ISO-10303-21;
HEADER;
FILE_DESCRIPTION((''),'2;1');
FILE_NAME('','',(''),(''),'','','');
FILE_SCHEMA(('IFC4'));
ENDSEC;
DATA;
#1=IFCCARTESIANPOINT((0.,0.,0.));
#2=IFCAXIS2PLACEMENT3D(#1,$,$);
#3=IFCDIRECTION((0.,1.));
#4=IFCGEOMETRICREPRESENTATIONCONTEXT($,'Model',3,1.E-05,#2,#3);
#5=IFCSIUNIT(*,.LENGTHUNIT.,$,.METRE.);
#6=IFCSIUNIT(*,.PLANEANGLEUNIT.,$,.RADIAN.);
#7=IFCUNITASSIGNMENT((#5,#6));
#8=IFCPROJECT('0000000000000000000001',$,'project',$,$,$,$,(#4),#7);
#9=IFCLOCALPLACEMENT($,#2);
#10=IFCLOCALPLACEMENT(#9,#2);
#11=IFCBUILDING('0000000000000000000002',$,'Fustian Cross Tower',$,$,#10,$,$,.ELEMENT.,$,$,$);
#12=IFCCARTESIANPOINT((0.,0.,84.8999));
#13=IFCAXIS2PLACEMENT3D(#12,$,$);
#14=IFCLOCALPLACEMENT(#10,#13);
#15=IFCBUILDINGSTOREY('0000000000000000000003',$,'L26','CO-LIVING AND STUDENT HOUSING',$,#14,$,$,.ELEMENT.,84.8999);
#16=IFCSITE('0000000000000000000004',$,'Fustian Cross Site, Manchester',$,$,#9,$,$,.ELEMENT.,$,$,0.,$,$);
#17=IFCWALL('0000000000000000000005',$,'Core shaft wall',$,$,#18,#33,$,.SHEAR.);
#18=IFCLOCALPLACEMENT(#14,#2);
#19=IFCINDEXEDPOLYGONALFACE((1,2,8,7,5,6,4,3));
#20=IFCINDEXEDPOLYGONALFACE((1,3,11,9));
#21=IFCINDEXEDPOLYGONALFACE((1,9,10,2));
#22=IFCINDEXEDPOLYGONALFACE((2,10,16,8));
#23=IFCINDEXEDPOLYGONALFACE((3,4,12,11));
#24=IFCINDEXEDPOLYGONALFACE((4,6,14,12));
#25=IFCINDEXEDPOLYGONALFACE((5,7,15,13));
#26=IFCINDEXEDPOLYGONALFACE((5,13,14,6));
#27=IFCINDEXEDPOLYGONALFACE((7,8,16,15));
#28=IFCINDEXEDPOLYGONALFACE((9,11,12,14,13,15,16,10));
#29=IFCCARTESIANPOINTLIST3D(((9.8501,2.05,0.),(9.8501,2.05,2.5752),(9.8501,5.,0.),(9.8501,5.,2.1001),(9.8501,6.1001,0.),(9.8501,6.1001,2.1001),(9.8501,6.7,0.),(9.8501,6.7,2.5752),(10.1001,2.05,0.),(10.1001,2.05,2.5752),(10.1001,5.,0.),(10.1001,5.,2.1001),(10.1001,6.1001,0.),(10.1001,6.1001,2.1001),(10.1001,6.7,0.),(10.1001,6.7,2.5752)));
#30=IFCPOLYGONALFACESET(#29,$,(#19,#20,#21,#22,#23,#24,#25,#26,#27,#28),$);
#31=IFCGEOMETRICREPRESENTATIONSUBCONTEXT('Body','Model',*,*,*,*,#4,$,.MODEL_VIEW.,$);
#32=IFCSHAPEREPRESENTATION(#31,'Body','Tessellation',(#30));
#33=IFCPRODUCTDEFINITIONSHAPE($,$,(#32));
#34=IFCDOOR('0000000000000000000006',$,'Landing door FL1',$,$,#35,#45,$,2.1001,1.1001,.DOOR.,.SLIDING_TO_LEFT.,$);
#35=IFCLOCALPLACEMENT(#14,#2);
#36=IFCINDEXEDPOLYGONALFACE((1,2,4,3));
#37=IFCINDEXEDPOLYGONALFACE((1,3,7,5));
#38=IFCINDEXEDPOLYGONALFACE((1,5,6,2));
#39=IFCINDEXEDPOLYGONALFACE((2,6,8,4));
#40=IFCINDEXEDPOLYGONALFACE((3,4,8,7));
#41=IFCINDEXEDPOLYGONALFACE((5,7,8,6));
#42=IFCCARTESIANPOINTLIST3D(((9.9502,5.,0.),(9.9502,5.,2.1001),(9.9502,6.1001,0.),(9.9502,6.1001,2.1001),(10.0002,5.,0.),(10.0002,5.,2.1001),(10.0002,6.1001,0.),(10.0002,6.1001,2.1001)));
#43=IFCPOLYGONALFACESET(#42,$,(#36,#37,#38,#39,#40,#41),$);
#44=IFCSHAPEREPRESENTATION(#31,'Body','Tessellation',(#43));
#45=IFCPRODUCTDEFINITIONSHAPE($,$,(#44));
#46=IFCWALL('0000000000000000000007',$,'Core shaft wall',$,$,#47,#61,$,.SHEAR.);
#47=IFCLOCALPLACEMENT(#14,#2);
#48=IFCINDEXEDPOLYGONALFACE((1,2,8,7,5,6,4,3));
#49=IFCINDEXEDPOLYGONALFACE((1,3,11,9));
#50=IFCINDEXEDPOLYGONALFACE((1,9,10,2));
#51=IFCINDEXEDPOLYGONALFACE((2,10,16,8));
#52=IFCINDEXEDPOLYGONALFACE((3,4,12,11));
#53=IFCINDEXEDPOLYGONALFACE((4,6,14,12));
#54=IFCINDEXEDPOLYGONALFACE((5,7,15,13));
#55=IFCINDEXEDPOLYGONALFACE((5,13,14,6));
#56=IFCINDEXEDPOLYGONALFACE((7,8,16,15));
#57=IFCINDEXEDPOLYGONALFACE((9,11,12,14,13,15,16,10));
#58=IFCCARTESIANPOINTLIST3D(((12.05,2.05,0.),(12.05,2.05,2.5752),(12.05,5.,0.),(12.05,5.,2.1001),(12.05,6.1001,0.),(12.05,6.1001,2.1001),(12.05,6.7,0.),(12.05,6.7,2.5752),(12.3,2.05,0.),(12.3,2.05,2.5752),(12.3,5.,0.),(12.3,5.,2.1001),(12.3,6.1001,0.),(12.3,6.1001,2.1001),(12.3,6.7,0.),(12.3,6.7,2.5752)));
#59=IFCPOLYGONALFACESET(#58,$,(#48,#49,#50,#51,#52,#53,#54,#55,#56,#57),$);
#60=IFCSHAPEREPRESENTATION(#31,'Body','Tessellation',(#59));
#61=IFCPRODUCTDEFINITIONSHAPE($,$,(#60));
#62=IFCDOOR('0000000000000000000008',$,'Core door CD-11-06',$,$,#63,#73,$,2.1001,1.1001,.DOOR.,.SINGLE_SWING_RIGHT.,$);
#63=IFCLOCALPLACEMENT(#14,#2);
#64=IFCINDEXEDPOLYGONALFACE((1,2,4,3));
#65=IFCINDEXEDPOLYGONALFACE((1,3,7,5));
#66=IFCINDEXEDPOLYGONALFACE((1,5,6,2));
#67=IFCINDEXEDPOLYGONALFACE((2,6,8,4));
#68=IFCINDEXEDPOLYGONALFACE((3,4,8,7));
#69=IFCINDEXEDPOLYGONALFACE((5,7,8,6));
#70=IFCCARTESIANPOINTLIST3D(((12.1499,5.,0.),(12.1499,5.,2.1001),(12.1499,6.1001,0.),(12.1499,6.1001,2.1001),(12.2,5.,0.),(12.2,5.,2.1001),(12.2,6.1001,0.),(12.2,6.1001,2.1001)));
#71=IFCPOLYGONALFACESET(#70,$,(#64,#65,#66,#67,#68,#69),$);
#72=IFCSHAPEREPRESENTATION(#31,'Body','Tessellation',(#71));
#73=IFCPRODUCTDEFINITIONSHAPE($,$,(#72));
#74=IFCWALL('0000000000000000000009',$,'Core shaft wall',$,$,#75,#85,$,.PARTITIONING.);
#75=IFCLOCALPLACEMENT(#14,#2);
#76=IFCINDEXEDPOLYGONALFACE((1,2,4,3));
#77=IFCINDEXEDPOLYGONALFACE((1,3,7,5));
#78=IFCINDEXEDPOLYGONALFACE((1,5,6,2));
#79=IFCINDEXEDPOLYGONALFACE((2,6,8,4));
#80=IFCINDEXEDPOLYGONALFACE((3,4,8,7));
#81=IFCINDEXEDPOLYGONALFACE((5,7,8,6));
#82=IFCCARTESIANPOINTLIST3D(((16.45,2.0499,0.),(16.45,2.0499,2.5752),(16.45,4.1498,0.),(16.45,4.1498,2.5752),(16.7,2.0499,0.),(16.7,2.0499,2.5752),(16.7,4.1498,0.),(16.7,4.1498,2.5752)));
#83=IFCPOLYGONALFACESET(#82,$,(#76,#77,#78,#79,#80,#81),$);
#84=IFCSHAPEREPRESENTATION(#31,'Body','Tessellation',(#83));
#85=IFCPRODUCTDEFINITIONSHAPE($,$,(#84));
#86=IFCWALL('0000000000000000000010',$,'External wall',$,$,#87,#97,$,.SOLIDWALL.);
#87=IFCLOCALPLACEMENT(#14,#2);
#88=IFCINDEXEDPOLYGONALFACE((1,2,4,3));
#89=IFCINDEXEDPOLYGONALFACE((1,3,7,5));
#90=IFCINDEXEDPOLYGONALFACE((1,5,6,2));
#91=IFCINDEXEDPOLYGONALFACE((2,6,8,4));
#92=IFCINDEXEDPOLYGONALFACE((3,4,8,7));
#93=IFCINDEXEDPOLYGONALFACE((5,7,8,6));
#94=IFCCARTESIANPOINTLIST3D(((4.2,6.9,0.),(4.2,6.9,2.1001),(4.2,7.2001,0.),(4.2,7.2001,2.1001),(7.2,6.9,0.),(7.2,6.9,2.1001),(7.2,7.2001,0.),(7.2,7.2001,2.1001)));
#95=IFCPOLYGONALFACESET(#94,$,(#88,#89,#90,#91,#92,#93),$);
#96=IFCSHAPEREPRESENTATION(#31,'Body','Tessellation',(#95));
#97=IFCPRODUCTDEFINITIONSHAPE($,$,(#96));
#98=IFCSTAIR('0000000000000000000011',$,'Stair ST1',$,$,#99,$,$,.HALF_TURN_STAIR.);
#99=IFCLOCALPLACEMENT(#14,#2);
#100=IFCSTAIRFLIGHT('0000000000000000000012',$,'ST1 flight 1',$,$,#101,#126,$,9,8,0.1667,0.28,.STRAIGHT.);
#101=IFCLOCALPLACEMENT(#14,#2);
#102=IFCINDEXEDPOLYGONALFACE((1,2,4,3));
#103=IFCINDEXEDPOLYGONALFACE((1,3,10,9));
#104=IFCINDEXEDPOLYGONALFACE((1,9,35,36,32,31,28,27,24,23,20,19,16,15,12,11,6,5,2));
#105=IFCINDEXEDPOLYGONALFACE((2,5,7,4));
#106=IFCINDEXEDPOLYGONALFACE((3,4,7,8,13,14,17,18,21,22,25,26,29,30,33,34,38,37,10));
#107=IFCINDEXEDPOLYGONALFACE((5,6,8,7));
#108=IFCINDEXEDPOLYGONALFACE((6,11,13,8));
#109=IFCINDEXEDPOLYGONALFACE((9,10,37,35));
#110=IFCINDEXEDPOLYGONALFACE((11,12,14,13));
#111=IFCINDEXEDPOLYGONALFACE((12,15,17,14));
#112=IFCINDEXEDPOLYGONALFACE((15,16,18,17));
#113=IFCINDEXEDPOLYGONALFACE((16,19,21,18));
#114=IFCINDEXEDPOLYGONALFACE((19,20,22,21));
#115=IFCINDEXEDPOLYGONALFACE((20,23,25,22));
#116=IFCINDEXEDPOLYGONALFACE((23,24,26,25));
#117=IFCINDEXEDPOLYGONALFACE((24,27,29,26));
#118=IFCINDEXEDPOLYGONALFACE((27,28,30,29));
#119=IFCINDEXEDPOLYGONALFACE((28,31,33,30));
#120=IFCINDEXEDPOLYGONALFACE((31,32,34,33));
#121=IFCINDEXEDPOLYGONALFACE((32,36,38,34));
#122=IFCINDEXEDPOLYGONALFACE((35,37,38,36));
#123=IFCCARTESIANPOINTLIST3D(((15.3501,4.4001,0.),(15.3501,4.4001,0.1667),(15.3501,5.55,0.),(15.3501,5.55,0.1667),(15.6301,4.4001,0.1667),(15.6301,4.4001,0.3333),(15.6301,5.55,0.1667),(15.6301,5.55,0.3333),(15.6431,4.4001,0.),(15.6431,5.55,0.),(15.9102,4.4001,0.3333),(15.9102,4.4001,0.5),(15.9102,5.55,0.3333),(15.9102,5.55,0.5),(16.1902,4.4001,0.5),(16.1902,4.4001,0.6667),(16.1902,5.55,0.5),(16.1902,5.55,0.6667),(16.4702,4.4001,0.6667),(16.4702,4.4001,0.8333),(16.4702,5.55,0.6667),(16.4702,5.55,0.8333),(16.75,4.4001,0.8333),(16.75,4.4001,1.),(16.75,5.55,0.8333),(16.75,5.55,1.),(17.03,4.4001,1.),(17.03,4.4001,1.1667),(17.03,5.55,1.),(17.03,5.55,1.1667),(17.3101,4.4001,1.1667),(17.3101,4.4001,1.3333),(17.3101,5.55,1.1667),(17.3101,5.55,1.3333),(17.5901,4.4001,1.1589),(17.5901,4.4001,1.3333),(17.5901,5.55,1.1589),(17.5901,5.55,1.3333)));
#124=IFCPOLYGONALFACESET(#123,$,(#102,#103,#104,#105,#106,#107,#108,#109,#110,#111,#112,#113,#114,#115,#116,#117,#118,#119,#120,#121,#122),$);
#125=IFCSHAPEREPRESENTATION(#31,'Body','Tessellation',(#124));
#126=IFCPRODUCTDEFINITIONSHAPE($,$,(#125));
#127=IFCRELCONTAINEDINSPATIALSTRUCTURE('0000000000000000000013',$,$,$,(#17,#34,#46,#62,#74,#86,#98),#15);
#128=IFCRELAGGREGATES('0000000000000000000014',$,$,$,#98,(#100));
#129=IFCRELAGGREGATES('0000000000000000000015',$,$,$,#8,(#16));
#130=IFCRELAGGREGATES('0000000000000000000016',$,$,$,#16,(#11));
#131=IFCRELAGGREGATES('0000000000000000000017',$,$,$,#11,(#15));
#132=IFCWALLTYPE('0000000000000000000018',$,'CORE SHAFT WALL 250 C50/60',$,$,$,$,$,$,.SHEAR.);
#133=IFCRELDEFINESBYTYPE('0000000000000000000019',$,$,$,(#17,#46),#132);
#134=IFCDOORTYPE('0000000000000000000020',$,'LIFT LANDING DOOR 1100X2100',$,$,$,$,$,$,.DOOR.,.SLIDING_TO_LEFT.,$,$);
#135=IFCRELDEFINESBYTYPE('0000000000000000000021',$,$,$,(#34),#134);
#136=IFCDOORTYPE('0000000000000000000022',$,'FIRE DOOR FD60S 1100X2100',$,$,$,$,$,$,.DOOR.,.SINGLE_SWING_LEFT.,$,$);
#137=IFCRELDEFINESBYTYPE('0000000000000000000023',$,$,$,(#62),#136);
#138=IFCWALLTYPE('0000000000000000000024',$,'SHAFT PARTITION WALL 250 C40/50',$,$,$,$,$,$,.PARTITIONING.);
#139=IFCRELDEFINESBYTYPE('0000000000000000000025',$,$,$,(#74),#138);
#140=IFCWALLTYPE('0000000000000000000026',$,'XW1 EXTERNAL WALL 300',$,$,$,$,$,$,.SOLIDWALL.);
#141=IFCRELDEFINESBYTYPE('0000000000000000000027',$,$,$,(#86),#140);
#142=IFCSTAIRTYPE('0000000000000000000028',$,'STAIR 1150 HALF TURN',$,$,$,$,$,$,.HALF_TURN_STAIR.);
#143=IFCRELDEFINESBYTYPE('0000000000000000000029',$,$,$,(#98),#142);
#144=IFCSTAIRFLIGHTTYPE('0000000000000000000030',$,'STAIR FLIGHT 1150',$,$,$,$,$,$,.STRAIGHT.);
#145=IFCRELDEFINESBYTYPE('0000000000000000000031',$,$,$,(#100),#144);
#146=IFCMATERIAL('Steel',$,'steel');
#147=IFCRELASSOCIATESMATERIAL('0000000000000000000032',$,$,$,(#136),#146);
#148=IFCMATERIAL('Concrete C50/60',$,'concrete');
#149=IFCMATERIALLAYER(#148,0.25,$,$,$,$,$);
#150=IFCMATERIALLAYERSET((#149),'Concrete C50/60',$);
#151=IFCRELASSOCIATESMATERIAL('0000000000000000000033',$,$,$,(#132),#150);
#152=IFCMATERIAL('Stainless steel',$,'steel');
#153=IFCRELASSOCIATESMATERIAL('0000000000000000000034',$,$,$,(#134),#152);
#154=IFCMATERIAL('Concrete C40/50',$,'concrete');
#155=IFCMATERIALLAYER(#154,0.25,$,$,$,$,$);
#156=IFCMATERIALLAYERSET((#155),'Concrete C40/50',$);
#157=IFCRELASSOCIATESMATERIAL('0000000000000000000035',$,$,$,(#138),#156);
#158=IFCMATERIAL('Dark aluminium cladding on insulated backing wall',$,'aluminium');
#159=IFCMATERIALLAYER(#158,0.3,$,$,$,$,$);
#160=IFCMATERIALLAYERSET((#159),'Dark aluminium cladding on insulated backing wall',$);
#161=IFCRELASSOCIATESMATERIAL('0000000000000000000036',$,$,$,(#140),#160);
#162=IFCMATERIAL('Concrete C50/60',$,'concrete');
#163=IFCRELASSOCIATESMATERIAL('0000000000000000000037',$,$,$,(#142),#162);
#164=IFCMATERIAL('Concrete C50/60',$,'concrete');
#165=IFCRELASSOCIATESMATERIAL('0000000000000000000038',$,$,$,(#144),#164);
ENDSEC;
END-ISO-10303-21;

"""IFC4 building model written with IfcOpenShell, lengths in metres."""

from ifc_helpers import new_model, si_unit, direction, frame, frame_2d, origin, place, context, subcontext, project, spatial, polyline, rectangle, outline, extrude, material, layer, layer_set, type_object, element, fill, aggregate, save


model = new_model("IFC4")

# Units and contexts
model_context = context("Model", 3, precision=1e-05, world=origin(), true_north=direction((0.0, 1.0)))
body_context = subcontext(model_context, "Body", "Model", "MODEL_VIEW")
ifc_project = project(units=[si_unit("LENGTHUNIT", "METRE"), si_unit("PLANEANGLEUNIT", "RADIAN")], contexts=[model_context])

# Site, building, storey
site_placement = place(None, origin())
site = spatial("IfcSite", under=ifc_project, at=site_placement, Name="Fustian Cross Site, Manchester", CompositionType="ELEMENT", RefElevation=0.0)
building_placement = place(site_placement, origin())
building = spatial("IfcBuilding", under=site, at=building_placement, Name="Fustian Cross Tower", CompositionType="ELEMENT")
storey_placement = place(building_placement, frame((0.0, 0.0, 84.8999)))
storey = spatial("IfcBuildingStorey", under=building, at=storey_placement, Name="L26", Description="CO-LIVING AND STUDENT HOUSING", CompositionType="ELEMENT", Elevation=84.8999)

# Shared definitions
ifc_material_1 = material(Name="Steel", Category="steel")
door_type_1 = type_object("IfcDoorType", Name="FIRE DOOR FD60S 1100X2100", OperationType="SINGLE_SWING_LEFT", PredefinedType="DOOR", material=ifc_material_1)

# Shared definitions
ifc_material_2 = material(Name="Concrete C50/60", Category="concrete")
ifc_layer_1 = layer(ifc_material_2, 0.25)
ifc_layer_set_1 = layer_set([ifc_layer_1], Name="Concrete C50/60")
wall_type_1 = type_object("IfcWallType", Name="CORE SHAFT WALL 250 C50/60", PredefinedType="SHEAR", material=ifc_layer_set_1)

# Walls, openings, doors
wall_1_placement = place(storey_placement, frame((9.9751, 2.05, 0.0), z_axis=(0.0, 0.0, 1.0), x_axis=(0.0, 1.0, 0.0)))
wall_1 = element("IfcWall", 1, at=wall_1_placement, inside=storey, type_object=wall_type_1, Name="Core shaft wall", PredefinedType="SHEAR", context=body_context, shape_type="SweptSolid", body=[
    extrude(rectangle(XDim=4.6499, YDim=0.25, at=frame_2d((2.325, 0.0))), origin(), (0.0, 0.0, 1.0), 2.5752),
])
opening_1_placement = place(wall_1_placement, frame((2.95, 0.0, 0.0)))
opening_1 = element("IfcOpeningElement", 2, at=opening_1_placement, cuts=wall_1, PredefinedType="OPENING", context=body_context, shape_type="SweptSolid", body=[
    extrude(rectangle(XDim=1.1001, YDim=2.1001, at=frame_2d((0.55, 1.05))), frame((0.0, 0.135, 0.0), z_axis=(0.0, -1.0, 0.0), x_axis=(1.0, 0.0, 0.0)), (0.0, 0.0, 1.0), 0.27),
])
ifc_material_3 = material(Name="Stainless steel", Category="steel")
door_type_2 = type_object("IfcDoorType", Name="LIFT LANDING DOOR 1100X2100", OperationType="SLIDING_TO_LEFT", PredefinedType="DOOR", material=ifc_material_3)
door_1_placement = place(opening_1_placement, origin())
door_1 = element("IfcDoor", 3, at=door_1_placement, inside=storey, type_object=door_type_2, Name="Landing door FL1", OperationType="SLIDING_TO_LEFT", OverallHeight=2.1001, OverallWidth=1.1001, PredefinedType="DOOR", context=body_context, shape_type="SweptSolid", body=[
    extrude(rectangle(XDim=1.1001, YDim=2.1001, at=frame_2d((0.55, 1.05))), frame((0.0, 0.0249, 0.0), z_axis=(0.0, -1.0, 0.0), x_axis=(1.0, 0.0, 0.0)), (0.0, 0.0, 1.0), 0.05),
])
fill(opening_1, door_1)
wall_2_placement = place(storey_placement, frame((12.175, 2.05, 0.0), z_axis=(0.0, 0.0, 1.0), x_axis=(0.0, 1.0, 0.0)))
wall_2 = element("IfcWall", 4, at=wall_2_placement, inside=storey, type_object=wall_type_1, Name="Core shaft wall", PredefinedType="SHEAR", context=body_context, shape_type="SweptSolid", body=[
    extrude(rectangle(XDim=4.6499, YDim=0.25, at=frame_2d((2.325, 0.0))), origin(), (0.0, 0.0, 1.0), 2.5752),
])
opening_2_placement = place(wall_2_placement, frame((2.95, 0.0, 0.0)))
opening_2 = element("IfcOpeningElement", 5, at=opening_2_placement, cuts=wall_2, PredefinedType="OPENING", context=body_context, shape_type="SweptSolid", body=[
    extrude(rectangle(XDim=1.1001, YDim=2.1001, at=frame_2d((0.55, 1.05))), frame((0.0, 0.135, 0.0), z_axis=(0.0, -1.0, 0.0), x_axis=(1.0, 0.0, 0.0)), (0.0, 0.0, 1.0), 0.27),
])
door_2_placement = place(opening_2_placement, frame((1.1001, 0.0, 0.0), z_axis=(0.0, 0.0, 1.0), x_axis=(-1.0, 0.0, 0.0)))
door_2 = element("IfcDoor", 6, at=door_2_placement, inside=storey, type_object=door_type_1, Name="Core door CD-11-06", OperationType="SINGLE_SWING_RIGHT", OverallHeight=2.1001, OverallWidth=1.1001, PredefinedType="DOOR", context=body_context, shape_type="SweptSolid", body=[
    extrude(rectangle(XDim=1.1001, YDim=2.1001, at=frame_2d((0.55, 1.05))), frame((0.0, 0.0249, 0.0), z_axis=(0.0, -1.0, 0.0), x_axis=(1.0, 0.0, 0.0)), (0.0, 0.0, 1.0), 0.05),
])
fill(opening_2, door_2)

# Walls
ifc_material_4 = material(Name="Concrete C40/50", Category="concrete")
ifc_layer_2 = layer(ifc_material_4, 0.25)
ifc_layer_set_2 = layer_set([ifc_layer_2], Name="Concrete C40/50")
wall_type_2 = type_object("IfcWallType", Name="SHAFT PARTITION WALL 250 C40/50", PredefinedType="PARTITIONING", material=ifc_layer_set_2)
wall_3_placement = place(storey_placement, frame((16.575, 2.05, 0.0), z_axis=(0.0, 0.0, 1.0), x_axis=(0.0, 1.0, 0.0)))
element("IfcWall", 7, at=wall_3_placement, inside=storey, type_object=wall_type_2, Name="Core shaft wall", PredefinedType="PARTITIONING", context=body_context, shape_type="SweptSolid", body=[
    extrude(rectangle(XDim=2.0999, YDim=0.25, at=frame_2d((1.0498, 0.0))), origin(), (0.0, 0.0, 1.0), 2.5752),
])
ifc_material_5 = material(Name="Dark aluminium cladding on insulated backing wall", Category="aluminium")
ifc_layer_3 = layer(ifc_material_5, 0.3)
ifc_layer_set_3 = layer_set([ifc_layer_3], Name="Dark aluminium cladding on insulated backing wall")
wall_type_3 = type_object("IfcWallType", Name="XW1 EXTERNAL WALL 300", PredefinedType="SOLIDWALL", material=ifc_layer_set_3)
wall_4_placement = place(storey_placement, frame((7.2, 7.05, 0.0), z_axis=(0.0, 0.0, 1.0), x_axis=(-1.0, 0.0, 0.0)))
element("IfcWall", 8, at=wall_4_placement, inside=storey, type_object=wall_type_3, Name="External wall", PredefinedType="SOLIDWALL", context=body_context, shape_type="SweptSolid", body=[
    extrude(rectangle(XDim=3.0, YDim=0.3, at=frame_2d((1.5, 0.0))), origin(), (0.0, 0.0, 1.0), 2.1001),
])

# Stair, stair flight
ifc_material_6 = material(Name="Concrete C50/60", Category="concrete")
stair_type = type_object("IfcStairType", Name="STAIR 1150 HALF TURN", PredefinedType="HALF_TURN_STAIR", material=ifc_material_6)
stair_placement = place(storey_placement, origin())
stair = element("IfcStair", 9, at=stair_placement, inside=storey, type_object=stair_type, Name="Stair ST1", PredefinedType="HALF_TURN_STAIR")
ifc_material_7 = material(Name="Concrete C50/60", Category="concrete")
stair_flight_type = type_object("IfcStairFlightType", Name="STAIR FLIGHT 1150", PredefinedType="STRAIGHT", material=ifc_material_7)
stair_flight_placement = place(storey_placement, frame((15.3501, 4.9751, 0.0), z_axis=(0.0, 0.0, 1.0), x_axis=(1.0, 0.0, 0.0)))
stair_flight = element("IfcStairFlight", 10, at=stair_flight_placement, type_object=stair_flight_type, Name="ST1 flight 1", NumberOfRisers=9, NumberOfTreads=8, PredefinedType="STRAIGHT", RiserHeight=0.1667, TreadLength=0.28, context=body_context, shape_type="SweptSolid", body=[
    extrude(outline(polyline([(0.0, 0.0), (0.0, 0.1667), (0.28, 0.1667), (0.28, 0.3333), (0.5601, 0.3333), (0.5601, 0.5), (0.8401, 0.5), (0.8401, 0.6667), (1.1201, 0.6667), (1.1201, 0.8333), (1.3999, 0.8333), (1.3999, 1.0), (1.6799, 1.0), (1.6799, 1.1667), (1.96, 1.1667), (1.96, 1.3333), (2.24, 1.3333), (2.24, 1.5), (2.24, 1.1589), (0.293, 0.0), (0.0, 0.0)])), frame((0.0, 0.575, 0.0), z_axis=(0.0, -1.0, 0.0), x_axis=(1.0, 0.0, 0.0)), (0.0, 0.0, 1.0), 1.1499),
])
aggregate(stair, [stair_flight])

save(model, "model.ifc")
